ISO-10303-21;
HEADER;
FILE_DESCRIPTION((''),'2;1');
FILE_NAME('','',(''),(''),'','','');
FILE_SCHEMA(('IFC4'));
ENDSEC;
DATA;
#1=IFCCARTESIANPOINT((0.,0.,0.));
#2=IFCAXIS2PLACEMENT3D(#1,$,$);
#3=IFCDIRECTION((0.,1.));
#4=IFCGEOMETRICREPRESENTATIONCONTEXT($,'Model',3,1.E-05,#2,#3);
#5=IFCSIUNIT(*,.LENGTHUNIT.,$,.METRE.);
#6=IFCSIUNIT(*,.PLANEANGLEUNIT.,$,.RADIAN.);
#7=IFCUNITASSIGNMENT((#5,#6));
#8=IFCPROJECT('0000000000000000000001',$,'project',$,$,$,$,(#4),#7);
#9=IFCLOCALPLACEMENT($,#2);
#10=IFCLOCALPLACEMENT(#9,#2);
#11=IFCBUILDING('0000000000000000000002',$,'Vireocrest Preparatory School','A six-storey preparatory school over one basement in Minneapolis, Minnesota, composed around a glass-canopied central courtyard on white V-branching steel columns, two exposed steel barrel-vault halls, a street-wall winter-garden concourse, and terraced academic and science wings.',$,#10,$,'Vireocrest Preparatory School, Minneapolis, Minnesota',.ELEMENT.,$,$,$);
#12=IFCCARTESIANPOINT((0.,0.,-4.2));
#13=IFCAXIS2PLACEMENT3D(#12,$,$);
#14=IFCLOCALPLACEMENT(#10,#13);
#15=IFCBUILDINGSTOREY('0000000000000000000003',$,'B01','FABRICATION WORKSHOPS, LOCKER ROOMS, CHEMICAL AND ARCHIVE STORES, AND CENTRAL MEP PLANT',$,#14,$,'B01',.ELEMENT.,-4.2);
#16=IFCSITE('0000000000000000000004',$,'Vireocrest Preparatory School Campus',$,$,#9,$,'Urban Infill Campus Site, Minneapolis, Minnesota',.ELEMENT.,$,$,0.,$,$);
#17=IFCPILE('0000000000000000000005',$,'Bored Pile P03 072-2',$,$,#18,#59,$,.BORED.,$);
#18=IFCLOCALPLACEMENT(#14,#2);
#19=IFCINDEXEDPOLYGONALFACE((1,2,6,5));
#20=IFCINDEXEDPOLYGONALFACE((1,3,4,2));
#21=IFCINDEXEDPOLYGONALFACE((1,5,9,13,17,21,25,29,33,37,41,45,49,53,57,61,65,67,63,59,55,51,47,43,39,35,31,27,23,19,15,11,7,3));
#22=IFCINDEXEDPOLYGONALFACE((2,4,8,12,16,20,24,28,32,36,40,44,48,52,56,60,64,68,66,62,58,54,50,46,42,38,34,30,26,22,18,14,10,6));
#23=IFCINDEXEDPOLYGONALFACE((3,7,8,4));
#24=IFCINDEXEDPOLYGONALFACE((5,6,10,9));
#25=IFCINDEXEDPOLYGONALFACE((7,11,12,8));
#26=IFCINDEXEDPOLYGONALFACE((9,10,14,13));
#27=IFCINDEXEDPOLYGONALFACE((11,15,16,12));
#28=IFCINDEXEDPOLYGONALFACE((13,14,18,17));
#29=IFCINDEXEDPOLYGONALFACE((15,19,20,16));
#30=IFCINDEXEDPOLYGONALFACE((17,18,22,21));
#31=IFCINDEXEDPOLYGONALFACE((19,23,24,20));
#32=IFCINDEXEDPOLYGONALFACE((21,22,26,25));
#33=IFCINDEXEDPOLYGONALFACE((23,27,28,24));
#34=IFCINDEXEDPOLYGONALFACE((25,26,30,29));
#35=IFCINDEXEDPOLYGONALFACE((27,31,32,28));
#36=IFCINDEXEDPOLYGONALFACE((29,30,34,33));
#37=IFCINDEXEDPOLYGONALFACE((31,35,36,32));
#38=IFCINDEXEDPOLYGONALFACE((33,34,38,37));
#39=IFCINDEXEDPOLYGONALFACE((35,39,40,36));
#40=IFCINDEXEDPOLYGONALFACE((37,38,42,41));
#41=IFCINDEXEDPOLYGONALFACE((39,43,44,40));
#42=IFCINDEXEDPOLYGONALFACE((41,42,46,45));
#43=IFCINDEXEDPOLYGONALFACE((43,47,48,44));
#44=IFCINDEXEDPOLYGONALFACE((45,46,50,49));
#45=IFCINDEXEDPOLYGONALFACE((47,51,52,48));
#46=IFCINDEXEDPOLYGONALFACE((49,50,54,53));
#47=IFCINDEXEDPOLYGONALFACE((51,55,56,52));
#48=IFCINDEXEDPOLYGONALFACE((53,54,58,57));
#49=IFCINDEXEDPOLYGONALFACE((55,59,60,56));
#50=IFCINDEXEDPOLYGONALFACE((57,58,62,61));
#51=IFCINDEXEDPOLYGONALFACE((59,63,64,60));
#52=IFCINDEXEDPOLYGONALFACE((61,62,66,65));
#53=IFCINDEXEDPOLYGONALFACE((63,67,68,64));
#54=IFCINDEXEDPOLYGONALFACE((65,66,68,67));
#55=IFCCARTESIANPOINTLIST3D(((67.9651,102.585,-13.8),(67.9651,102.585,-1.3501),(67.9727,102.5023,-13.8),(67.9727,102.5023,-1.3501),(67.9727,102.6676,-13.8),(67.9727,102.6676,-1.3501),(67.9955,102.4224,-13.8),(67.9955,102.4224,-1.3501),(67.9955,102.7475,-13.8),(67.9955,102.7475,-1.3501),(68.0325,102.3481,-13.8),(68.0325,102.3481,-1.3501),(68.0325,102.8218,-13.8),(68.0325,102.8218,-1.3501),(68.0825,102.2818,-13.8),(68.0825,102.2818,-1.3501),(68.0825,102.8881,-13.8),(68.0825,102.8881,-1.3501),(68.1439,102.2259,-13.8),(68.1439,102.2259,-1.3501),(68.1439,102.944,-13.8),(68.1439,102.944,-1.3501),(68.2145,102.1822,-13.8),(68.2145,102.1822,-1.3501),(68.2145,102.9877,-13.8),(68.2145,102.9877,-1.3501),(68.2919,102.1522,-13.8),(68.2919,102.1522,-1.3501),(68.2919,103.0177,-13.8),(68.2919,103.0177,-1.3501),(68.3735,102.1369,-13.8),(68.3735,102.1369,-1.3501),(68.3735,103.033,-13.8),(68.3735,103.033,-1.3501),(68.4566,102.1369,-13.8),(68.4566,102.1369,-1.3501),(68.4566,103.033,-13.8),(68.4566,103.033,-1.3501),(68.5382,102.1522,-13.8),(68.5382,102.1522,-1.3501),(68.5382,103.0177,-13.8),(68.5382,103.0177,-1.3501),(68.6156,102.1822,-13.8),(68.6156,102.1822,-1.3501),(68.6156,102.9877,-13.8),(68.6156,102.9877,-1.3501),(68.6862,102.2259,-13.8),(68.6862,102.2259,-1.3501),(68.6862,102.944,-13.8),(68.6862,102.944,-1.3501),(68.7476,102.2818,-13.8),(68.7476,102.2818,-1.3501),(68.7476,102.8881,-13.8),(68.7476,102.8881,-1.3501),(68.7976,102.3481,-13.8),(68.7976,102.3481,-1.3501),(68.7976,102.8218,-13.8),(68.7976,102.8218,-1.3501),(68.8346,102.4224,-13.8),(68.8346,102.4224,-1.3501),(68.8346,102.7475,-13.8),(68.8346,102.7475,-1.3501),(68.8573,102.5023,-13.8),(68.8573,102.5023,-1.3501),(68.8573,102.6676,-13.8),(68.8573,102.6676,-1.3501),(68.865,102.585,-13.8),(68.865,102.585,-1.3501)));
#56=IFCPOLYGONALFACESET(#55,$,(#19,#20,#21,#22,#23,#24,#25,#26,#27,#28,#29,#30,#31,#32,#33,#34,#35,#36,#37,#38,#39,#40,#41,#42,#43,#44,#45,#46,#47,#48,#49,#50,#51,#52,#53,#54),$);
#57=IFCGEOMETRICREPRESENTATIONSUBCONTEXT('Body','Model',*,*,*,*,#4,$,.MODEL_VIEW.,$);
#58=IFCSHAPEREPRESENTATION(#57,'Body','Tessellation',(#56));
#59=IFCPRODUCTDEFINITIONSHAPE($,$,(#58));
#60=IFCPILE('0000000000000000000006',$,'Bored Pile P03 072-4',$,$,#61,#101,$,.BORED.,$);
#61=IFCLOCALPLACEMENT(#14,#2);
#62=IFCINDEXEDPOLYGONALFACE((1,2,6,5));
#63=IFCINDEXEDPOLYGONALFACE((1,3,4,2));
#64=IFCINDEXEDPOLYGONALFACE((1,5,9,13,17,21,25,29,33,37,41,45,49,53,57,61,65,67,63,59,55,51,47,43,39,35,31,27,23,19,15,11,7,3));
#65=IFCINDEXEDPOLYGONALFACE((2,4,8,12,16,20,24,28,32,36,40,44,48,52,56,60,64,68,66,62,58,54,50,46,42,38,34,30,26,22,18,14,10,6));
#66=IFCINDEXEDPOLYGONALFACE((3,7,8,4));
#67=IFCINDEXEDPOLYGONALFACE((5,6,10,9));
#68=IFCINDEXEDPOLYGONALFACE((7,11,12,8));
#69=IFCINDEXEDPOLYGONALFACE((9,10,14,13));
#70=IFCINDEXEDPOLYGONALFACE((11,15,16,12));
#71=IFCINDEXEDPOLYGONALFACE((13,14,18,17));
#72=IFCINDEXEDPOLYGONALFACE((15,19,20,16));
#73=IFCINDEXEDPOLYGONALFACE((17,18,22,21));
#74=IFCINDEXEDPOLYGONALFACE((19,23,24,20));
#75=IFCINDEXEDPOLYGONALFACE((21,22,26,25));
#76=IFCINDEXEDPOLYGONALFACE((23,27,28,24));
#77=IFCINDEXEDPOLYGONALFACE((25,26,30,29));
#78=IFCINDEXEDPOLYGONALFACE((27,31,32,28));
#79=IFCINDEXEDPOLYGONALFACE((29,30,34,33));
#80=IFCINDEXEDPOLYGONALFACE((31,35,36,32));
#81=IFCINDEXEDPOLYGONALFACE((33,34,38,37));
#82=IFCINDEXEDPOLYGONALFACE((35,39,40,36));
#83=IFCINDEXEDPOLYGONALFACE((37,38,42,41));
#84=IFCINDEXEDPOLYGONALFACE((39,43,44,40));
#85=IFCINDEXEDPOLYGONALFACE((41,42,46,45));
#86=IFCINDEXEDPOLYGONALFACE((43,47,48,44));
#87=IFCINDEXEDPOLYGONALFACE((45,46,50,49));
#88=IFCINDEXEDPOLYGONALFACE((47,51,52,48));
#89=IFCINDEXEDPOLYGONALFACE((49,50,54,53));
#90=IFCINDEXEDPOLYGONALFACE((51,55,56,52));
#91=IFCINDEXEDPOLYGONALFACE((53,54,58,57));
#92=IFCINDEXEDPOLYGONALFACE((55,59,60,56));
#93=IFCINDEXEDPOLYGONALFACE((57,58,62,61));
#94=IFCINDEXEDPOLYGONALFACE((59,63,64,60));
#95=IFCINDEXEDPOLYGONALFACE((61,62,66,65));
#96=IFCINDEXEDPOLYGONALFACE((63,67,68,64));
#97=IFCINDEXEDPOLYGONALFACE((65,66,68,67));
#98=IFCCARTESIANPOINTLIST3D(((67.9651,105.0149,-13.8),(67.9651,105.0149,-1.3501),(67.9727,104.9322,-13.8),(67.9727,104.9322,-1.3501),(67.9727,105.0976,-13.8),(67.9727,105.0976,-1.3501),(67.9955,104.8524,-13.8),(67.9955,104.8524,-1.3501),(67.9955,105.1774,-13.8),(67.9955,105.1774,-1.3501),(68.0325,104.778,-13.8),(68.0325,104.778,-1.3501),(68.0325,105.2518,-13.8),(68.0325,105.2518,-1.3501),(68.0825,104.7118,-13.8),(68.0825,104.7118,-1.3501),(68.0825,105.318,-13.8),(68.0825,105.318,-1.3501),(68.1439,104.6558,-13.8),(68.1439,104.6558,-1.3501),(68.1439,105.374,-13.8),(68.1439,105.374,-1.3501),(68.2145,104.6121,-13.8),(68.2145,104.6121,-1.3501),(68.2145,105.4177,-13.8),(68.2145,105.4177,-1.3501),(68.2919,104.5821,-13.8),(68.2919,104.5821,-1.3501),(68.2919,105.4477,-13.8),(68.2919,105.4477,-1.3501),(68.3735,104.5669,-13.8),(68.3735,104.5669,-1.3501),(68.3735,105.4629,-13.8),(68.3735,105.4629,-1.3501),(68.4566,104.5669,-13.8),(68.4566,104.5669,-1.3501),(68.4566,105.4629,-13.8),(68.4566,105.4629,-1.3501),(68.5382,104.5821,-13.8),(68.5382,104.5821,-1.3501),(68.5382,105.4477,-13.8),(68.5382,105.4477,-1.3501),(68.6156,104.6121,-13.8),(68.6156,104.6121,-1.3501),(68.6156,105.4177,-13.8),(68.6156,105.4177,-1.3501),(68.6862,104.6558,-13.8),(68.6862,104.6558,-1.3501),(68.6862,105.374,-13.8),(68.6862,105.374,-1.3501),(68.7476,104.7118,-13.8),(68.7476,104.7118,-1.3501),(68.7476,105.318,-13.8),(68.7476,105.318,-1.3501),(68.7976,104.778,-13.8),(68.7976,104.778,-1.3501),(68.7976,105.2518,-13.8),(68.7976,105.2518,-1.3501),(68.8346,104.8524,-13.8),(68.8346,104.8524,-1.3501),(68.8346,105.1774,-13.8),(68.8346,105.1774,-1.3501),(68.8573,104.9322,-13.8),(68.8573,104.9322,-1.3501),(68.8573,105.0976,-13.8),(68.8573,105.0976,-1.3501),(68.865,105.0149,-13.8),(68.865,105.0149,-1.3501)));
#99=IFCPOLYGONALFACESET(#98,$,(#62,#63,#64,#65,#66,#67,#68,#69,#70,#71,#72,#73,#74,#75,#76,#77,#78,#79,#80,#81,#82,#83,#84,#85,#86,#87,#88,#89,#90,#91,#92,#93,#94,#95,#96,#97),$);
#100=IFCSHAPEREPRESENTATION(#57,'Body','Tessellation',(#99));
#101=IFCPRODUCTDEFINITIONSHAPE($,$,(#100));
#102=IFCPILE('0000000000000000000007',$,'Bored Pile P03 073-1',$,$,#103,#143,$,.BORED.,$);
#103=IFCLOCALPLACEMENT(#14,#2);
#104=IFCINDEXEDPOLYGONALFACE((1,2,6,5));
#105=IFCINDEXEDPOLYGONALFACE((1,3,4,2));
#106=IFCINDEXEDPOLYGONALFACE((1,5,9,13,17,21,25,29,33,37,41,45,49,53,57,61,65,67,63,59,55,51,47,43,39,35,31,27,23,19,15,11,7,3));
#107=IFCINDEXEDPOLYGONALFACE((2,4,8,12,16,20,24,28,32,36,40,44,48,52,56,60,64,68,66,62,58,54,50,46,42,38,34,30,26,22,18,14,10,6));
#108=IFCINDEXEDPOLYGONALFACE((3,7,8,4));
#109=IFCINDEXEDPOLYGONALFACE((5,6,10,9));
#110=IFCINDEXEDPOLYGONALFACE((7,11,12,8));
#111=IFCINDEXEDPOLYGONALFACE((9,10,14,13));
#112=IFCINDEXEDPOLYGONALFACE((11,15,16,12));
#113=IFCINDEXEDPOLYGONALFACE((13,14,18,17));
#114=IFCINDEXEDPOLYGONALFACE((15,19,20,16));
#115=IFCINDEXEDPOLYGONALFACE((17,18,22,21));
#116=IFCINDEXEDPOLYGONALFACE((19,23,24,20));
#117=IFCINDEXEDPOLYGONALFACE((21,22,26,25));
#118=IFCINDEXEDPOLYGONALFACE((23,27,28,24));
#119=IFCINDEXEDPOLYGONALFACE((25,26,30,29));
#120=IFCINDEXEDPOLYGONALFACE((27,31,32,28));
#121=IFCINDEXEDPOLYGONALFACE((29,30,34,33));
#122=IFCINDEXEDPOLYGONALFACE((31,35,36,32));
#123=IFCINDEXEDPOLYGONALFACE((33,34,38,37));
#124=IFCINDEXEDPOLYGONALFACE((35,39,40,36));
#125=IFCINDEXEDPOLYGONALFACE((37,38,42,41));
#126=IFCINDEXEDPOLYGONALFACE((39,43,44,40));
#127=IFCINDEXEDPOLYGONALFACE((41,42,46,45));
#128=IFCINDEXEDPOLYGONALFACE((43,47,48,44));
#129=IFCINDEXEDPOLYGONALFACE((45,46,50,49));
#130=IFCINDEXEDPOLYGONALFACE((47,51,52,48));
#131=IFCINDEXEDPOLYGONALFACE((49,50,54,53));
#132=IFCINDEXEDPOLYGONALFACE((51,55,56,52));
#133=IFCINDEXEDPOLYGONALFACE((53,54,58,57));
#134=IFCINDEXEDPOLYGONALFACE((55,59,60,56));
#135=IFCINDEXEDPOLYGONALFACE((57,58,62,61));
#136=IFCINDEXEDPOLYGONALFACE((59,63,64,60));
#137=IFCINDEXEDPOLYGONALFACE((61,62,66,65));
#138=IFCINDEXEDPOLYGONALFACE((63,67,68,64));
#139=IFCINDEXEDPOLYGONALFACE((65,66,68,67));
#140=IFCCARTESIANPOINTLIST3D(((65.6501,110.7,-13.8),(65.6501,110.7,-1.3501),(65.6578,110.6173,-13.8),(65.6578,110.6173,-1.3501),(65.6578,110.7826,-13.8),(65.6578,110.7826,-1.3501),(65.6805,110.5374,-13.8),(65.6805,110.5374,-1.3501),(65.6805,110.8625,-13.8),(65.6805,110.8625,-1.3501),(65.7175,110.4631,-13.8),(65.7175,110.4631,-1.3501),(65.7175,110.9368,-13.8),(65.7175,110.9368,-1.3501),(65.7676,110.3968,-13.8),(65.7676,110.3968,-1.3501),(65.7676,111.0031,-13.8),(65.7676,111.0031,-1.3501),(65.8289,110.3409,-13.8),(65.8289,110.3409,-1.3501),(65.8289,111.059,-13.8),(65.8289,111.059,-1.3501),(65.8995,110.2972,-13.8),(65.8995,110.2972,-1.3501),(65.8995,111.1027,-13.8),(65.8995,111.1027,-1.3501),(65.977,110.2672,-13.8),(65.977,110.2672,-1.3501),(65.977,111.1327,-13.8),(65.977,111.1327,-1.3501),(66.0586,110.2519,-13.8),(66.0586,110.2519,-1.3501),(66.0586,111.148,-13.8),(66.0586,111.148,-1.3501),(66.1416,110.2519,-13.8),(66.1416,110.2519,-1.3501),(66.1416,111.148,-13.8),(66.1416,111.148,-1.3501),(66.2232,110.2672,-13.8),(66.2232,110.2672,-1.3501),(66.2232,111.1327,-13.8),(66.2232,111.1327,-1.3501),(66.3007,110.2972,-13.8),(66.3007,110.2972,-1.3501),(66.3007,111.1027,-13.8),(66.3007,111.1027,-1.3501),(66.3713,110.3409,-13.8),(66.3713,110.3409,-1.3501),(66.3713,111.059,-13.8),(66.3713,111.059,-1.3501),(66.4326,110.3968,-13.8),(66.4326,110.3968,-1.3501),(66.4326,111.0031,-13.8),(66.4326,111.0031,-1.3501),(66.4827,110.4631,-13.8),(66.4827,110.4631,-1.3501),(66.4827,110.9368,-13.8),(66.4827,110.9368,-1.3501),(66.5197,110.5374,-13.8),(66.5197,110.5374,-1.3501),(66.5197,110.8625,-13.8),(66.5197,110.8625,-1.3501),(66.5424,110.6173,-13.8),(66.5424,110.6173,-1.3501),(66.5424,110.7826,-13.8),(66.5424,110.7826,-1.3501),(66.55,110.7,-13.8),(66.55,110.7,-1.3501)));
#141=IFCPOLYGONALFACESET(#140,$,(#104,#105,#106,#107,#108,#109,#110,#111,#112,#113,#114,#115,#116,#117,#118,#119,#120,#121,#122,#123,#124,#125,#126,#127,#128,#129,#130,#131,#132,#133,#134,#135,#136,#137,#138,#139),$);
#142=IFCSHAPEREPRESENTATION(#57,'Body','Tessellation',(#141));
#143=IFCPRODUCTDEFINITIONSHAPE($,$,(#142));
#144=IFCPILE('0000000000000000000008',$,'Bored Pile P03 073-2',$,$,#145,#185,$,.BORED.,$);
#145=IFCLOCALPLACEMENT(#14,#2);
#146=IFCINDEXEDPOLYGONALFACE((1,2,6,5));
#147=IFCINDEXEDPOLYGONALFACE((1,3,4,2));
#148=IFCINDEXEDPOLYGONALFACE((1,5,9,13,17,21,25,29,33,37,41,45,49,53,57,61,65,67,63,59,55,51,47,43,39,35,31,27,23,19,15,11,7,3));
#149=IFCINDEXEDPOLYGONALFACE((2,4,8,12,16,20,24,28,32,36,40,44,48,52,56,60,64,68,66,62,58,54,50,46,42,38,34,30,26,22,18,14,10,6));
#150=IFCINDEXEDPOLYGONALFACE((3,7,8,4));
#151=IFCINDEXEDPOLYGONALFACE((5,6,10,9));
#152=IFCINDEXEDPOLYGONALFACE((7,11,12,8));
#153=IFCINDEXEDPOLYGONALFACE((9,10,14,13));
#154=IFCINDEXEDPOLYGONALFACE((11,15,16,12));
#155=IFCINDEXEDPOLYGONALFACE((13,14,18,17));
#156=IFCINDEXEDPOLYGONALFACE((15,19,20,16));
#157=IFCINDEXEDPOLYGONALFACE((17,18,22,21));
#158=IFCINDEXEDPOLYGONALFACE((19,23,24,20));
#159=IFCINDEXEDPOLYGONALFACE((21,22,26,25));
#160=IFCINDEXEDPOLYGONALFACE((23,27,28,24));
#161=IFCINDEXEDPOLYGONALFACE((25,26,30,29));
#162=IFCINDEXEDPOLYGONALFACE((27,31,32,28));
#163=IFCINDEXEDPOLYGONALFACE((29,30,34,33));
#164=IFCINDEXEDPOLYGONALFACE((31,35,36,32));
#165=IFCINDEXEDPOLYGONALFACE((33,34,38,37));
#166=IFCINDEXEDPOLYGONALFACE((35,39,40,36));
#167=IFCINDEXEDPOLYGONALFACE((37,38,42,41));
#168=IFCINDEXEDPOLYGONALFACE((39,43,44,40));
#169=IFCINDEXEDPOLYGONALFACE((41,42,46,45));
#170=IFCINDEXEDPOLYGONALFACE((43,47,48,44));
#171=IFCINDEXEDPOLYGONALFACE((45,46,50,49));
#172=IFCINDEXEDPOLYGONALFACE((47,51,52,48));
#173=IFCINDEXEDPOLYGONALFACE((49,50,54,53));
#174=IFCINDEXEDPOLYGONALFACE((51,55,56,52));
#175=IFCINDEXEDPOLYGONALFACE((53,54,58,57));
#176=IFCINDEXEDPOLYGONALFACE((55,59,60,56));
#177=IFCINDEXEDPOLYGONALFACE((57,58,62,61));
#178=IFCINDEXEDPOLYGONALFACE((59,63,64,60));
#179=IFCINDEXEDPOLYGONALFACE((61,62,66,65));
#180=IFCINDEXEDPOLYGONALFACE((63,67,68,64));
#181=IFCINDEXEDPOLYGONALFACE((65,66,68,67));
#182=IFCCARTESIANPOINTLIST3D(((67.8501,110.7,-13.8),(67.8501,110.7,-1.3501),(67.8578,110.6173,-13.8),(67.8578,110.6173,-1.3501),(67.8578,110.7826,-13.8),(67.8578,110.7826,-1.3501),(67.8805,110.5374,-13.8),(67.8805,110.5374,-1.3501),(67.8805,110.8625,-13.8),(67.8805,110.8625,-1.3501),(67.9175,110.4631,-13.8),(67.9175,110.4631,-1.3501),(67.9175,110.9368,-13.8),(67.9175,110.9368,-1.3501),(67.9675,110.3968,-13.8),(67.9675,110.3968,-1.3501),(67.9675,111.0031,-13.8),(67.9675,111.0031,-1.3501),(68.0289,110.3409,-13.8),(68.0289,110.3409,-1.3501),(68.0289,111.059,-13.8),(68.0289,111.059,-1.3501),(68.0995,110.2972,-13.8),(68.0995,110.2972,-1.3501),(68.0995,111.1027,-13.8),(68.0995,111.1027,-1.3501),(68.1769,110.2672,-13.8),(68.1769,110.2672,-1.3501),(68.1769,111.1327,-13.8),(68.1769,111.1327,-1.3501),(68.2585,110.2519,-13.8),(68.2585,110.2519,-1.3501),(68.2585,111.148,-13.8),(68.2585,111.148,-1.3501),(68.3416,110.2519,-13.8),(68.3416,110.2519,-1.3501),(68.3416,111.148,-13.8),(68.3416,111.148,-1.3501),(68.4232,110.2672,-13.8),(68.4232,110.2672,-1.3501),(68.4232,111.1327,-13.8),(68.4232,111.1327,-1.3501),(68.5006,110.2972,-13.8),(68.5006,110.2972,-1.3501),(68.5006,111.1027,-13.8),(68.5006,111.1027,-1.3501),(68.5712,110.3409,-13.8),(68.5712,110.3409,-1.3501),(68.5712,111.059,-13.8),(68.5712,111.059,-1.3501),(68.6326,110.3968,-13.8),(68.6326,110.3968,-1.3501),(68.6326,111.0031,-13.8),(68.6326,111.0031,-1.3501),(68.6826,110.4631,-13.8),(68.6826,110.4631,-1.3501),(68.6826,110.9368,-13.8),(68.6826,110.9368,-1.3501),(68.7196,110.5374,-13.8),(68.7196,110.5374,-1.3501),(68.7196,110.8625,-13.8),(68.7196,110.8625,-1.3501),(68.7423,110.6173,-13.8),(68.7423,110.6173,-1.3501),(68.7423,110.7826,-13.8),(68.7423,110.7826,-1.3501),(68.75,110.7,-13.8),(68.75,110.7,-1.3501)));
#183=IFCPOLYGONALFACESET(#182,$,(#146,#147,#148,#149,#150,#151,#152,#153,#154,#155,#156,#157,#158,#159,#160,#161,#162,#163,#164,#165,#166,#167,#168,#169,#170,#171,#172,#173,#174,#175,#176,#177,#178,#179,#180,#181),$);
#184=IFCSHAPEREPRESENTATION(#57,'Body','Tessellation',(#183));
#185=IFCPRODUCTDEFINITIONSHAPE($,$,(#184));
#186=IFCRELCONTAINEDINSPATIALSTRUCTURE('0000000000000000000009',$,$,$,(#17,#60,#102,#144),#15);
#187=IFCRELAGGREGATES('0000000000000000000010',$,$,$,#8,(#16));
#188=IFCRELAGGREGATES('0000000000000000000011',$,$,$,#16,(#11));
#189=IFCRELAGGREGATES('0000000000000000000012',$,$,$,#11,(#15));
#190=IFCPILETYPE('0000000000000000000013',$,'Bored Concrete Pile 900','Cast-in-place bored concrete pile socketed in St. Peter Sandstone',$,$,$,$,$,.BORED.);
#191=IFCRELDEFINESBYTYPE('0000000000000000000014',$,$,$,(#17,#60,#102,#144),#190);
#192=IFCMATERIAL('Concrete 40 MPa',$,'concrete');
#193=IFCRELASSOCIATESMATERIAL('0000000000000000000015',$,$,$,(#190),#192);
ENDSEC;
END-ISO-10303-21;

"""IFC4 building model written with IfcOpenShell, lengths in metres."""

from ifc_helpers import new_model, si_unit, direction, frame, origin, origin_2d, place, context, subcontext, project, spatial, circle, extrude, material, material_profile, profile_set, type_object, element, save


model = new_model("IFC4")

# Units and contexts
model_context = context("Model", 3, precision=1e-05, world=origin(), true_north=direction((0.0, 1.0)))
body_context = subcontext(model_context, "Body", "Model", "MODEL_VIEW")
ifc_project = project(units=[si_unit("LENGTHUNIT", "METRE"), si_unit("PLANEANGLEUNIT", "RADIAN")], contexts=[model_context])

# Site, building, storey
site_placement = place(None, origin())
site = spatial("IfcSite", under=ifc_project, at=site_placement, Name="Vireocrest Preparatory School Campus", LongName="Urban Infill Campus Site, Minneapolis, Minnesota", CompositionType="ELEMENT", RefElevation=0.0)
building_placement = place(site_placement, origin())
building = spatial("IfcBuilding", under=site, at=building_placement, Name="Vireocrest Preparatory School", Description="A six-storey preparatory school over one basement in Minneapolis, Minnesota, composed around a glass-canopied central courtyard on white V-branching steel columns, two exposed steel barrel-vault halls, a street-wall winter-garden concourse, and terraced academic and science wings.", LongName="Vireocrest Preparatory School, Minneapolis, Minnesota", CompositionType="ELEMENT")
storey_placement = place(building_placement, frame((0.0, 0.0, -4.2)))
storey = spatial("IfcBuildingStorey", under=building, at=storey_placement, Name="B01", Description="FABRICATION WORKSHOPS, LOCKER ROOMS, CHEMICAL AND ARCHIVE STORES, AND CENTRAL MEP PLANT", LongName="B01", CompositionType="ELEMENT", Elevation=-4.2)

# Piles
ifc_material_1 = material(Name="Concrete 40 MPa", Category="concrete")
ifc_material_profile_1 = material_profile(ifc_material_1, circle(Radius=0.45, at=origin_2d()), Name="BORED PILE 900")
ifc_profile_set_1 = profile_set([ifc_material_profile_1], Name="Concrete 40 MPa")
pile_type = type_object("IfcPileType", Name="Bored Concrete Pile 900", Description="Cast-in-place bored concrete pile socketed in St. Peter Sandstone", PredefinedType="BORED", material=ifc_profile_set_1)
for number, where, z_axis, x_axis, name in (
    (1, (68.415, 102.585, -1.3501), (0.0, 0.0, -1.0), (1.0, 0.0, 0.0), "Bored Pile P03 072-2"),
    (2, (68.415, 105.0149, -1.3501), (0.0, 0.0, -1.0), (1.0, 0.0, 0.0), "Bored Pile P03 072-4"),
    (3, (66.1001, 110.7, -1.3501), (0.0, 0.0, -1.0), (1.0, 0.0, 0.0), "Bored Pile P03 073-1"),
    (4, (68.3, 110.7, -1.3501), (0.0, 0.0, -1.0), (1.0, 0.0, 0.0), "Bored Pile P03 073-2"),
):
    element("IfcPile", number, at=place(storey_placement, frame(where, z_axis=z_axis, x_axis=x_axis)), inside=storey, type_object=pile_type, Name=name, PredefinedType="BORED", context=body_context, shape_type="SweptSolid", body=[
        extrude(circle(Radius=0.45, at=origin_2d()), origin(), (0.0, 0.0, 1.0), 12.45),
    ])

save(model, "model.ifc")
